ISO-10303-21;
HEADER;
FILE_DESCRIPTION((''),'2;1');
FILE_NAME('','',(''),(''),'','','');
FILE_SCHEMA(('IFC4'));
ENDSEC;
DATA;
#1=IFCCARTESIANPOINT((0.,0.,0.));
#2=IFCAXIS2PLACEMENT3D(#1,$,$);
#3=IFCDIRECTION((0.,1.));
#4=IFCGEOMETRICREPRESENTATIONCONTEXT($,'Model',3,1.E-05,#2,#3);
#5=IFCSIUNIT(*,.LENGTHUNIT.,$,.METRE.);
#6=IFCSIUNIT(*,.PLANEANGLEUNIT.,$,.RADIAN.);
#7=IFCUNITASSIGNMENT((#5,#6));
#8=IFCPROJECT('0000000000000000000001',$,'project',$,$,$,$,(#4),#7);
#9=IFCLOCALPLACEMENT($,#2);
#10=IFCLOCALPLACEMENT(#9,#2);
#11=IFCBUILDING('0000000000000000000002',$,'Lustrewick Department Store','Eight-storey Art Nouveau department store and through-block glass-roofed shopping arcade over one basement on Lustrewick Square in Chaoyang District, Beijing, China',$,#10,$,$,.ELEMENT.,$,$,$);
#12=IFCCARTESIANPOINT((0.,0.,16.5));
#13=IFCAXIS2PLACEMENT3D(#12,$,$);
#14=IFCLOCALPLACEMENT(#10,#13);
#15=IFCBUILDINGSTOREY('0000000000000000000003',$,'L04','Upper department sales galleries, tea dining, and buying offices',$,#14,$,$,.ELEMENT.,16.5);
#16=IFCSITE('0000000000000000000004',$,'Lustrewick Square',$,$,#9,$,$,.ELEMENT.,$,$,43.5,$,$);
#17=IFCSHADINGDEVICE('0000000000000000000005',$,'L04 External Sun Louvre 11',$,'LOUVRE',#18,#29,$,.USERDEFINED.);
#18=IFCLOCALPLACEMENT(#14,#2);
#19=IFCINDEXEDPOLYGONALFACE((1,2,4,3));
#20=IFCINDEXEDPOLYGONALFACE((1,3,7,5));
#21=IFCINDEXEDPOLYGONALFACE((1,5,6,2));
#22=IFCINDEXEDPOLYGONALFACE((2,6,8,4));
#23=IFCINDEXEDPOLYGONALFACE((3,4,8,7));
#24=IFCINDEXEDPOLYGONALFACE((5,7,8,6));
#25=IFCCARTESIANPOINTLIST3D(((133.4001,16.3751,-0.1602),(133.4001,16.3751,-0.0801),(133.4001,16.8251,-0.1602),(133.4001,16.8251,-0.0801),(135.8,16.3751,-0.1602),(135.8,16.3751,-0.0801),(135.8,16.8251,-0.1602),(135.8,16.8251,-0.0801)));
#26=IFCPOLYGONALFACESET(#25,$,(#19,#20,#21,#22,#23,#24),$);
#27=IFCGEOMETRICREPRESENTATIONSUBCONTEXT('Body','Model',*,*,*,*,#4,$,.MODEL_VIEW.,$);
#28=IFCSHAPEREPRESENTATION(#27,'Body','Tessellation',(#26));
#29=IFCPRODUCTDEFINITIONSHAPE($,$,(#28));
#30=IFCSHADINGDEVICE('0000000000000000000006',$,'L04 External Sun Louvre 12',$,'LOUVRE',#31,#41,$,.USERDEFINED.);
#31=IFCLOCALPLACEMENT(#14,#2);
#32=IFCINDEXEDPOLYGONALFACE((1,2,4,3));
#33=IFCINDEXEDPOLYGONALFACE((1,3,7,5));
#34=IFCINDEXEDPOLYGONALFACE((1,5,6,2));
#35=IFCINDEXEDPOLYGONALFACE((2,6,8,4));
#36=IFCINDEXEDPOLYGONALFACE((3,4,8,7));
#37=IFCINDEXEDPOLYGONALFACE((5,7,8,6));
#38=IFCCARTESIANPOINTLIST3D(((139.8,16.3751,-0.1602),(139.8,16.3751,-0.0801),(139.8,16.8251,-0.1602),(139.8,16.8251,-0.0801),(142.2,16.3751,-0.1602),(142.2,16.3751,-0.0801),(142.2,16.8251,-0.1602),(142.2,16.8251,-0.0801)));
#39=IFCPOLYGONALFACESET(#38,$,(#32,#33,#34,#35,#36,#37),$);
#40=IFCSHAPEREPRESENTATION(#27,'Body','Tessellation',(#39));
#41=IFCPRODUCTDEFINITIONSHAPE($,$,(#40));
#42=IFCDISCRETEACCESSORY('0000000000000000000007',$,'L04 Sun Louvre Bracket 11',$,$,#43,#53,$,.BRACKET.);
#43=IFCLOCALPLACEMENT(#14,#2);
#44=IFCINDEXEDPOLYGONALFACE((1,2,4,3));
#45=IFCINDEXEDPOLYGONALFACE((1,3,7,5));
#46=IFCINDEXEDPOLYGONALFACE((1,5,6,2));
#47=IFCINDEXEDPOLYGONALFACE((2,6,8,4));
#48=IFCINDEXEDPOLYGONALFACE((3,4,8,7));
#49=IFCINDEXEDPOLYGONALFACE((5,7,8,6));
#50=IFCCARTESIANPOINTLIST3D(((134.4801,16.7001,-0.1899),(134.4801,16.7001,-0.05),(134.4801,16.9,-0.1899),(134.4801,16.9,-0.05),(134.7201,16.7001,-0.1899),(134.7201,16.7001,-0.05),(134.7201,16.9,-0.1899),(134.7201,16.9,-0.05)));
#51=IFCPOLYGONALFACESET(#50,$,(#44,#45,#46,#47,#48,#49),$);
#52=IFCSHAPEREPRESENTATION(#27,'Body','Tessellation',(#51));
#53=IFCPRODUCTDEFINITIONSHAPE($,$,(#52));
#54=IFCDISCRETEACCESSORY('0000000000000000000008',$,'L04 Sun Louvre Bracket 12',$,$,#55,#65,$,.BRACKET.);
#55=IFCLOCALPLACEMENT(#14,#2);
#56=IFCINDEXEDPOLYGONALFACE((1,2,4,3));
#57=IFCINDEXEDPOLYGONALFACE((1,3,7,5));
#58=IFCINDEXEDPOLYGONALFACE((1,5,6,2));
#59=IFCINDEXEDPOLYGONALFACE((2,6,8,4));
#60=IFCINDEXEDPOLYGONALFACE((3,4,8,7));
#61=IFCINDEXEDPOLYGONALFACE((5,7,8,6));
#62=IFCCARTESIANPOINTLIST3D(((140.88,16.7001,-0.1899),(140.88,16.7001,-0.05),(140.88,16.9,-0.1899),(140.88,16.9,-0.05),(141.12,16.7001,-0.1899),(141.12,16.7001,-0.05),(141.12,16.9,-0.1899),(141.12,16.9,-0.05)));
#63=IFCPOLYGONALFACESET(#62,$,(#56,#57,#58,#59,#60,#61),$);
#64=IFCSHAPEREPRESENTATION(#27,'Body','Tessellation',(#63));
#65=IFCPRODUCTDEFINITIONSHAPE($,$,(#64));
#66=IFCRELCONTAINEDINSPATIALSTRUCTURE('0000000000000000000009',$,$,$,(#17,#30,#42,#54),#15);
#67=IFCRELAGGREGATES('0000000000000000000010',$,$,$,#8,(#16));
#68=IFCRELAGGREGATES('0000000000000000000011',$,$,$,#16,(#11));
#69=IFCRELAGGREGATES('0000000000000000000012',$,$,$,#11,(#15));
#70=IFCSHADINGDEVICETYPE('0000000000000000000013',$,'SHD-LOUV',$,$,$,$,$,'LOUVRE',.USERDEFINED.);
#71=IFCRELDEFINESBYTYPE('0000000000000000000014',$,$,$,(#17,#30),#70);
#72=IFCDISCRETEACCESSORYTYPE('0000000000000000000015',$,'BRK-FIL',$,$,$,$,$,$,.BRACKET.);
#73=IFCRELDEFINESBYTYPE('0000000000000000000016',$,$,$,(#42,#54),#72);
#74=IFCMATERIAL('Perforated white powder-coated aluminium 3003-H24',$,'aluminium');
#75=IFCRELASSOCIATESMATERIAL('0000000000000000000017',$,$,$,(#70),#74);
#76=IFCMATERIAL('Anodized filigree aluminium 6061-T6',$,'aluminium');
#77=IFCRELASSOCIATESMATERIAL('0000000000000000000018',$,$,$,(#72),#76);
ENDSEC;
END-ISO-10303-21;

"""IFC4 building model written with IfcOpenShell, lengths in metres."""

from ifc_helpers import new_model, si_unit, direction, frame, origin, origin_2d, place, context, subcontext, project, spatial, rectangle, extrude, material, type_object, element, save


model = new_model("IFC4")

# Units and contexts
model_context = context("Model", 3, precision=1e-05, world=origin(), true_north=direction((0.0, 1.0)))
body_context = subcontext(model_context, "Body", "Model", "MODEL_VIEW")
ifc_project = project(units=[si_unit("LENGTHUNIT", "METRE"), si_unit("PLANEANGLEUNIT", "RADIAN")], contexts=[model_context])

# Site, building, storey
site_placement = place(None, origin())
site = spatial("IfcSite", under=ifc_project, at=site_placement, Name="Lustrewick Square", CompositionType="ELEMENT", RefElevation=43.5)
building_placement = place(site_placement, origin())
building = spatial("IfcBuilding", under=site, at=building_placement, Name="Lustrewick Department Store", Description="Eight-storey Art Nouveau department store and through-block glass-roofed shopping arcade over one basement on Lustrewick Square in Chaoyang District, Beijing, China", CompositionType="ELEMENT")
storey_placement = place(building_placement, frame((0.0, 0.0, 16.5)))
storey = spatial("IfcBuildingStorey", under=building, at=storey_placement, Name="L04", Description="Upper department sales galleries, tea dining, and buying offices", CompositionType="ELEMENT", Elevation=16.5)

# Shading devices
ifc_material_1 = material(Name="Perforated white powder-coated aluminium 3003-H24", Category="aluminium")
shading_device_type = type_object("IfcShadingDeviceType", Name="SHD-LOUV", ElementType="LOUVRE", PredefinedType="USERDEFINED", material=ifc_material_1)
for number, where, z_axis, x_axis, name in (
    (1, (134.6001, 16.6001, -0.1602), (0.0, 0.0, 1.0), (1.0, 0.0, 0.0), "L04 External Sun Louvre 11"),
    (2, (141.0, 16.6001, -0.1602), (0.0, 0.0, 1.0), (1.0, 0.0, 0.0), "L04 External Sun Louvre 12"),
):
    element("IfcShadingDevice", number, at=place(storey_placement, frame(where, z_axis=z_axis, x_axis=x_axis)), inside=storey, type_object=shading_device_type, Name=name, ObjectType="LOUVRE", PredefinedType="USERDEFINED", context=body_context, shape_type="SweptSolid", body=[
        extrude(rectangle(XDim=2.3999, YDim=0.45, at=origin_2d()), origin(), (0.0, 0.0, 1.0), 0.0801),
    ])

# Discrete accessories
ifc_material_2 = material(Name="Anodized filigree aluminium 6061-T6", Category="aluminium")
discrete_accessory_type = type_object("IfcDiscreteAccessoryType", Name="BRK-FIL", PredefinedType="BRACKET", material=ifc_material_2)
for number, where, z_axis, x_axis, name in (
    (3, (134.6001, 16.8, -0.1899), (0.0, 0.0, 1.0), (1.0, 0.0, 0.0), "L04 Sun Louvre Bracket 11"),
    (4, (141.0, 16.8, -0.1899), (0.0, 0.0, 1.0), (1.0, 0.0, 0.0), "L04 Sun Louvre Bracket 12"),
):
    element("IfcDiscreteAccessory", number, at=place(storey_placement, frame(where, z_axis=z_axis, x_axis=x_axis)), inside=storey, type_object=discrete_accessory_type, Name=name, PredefinedType="BRACKET", context=body_context, shape_type="SweptSolid", body=[
        extrude(rectangle(XDim=0.24, YDim=0.2, at=origin_2d()), origin(), (0.0, 0.0, 1.0), 0.1399),
    ])

save(model, "model.ifc")
